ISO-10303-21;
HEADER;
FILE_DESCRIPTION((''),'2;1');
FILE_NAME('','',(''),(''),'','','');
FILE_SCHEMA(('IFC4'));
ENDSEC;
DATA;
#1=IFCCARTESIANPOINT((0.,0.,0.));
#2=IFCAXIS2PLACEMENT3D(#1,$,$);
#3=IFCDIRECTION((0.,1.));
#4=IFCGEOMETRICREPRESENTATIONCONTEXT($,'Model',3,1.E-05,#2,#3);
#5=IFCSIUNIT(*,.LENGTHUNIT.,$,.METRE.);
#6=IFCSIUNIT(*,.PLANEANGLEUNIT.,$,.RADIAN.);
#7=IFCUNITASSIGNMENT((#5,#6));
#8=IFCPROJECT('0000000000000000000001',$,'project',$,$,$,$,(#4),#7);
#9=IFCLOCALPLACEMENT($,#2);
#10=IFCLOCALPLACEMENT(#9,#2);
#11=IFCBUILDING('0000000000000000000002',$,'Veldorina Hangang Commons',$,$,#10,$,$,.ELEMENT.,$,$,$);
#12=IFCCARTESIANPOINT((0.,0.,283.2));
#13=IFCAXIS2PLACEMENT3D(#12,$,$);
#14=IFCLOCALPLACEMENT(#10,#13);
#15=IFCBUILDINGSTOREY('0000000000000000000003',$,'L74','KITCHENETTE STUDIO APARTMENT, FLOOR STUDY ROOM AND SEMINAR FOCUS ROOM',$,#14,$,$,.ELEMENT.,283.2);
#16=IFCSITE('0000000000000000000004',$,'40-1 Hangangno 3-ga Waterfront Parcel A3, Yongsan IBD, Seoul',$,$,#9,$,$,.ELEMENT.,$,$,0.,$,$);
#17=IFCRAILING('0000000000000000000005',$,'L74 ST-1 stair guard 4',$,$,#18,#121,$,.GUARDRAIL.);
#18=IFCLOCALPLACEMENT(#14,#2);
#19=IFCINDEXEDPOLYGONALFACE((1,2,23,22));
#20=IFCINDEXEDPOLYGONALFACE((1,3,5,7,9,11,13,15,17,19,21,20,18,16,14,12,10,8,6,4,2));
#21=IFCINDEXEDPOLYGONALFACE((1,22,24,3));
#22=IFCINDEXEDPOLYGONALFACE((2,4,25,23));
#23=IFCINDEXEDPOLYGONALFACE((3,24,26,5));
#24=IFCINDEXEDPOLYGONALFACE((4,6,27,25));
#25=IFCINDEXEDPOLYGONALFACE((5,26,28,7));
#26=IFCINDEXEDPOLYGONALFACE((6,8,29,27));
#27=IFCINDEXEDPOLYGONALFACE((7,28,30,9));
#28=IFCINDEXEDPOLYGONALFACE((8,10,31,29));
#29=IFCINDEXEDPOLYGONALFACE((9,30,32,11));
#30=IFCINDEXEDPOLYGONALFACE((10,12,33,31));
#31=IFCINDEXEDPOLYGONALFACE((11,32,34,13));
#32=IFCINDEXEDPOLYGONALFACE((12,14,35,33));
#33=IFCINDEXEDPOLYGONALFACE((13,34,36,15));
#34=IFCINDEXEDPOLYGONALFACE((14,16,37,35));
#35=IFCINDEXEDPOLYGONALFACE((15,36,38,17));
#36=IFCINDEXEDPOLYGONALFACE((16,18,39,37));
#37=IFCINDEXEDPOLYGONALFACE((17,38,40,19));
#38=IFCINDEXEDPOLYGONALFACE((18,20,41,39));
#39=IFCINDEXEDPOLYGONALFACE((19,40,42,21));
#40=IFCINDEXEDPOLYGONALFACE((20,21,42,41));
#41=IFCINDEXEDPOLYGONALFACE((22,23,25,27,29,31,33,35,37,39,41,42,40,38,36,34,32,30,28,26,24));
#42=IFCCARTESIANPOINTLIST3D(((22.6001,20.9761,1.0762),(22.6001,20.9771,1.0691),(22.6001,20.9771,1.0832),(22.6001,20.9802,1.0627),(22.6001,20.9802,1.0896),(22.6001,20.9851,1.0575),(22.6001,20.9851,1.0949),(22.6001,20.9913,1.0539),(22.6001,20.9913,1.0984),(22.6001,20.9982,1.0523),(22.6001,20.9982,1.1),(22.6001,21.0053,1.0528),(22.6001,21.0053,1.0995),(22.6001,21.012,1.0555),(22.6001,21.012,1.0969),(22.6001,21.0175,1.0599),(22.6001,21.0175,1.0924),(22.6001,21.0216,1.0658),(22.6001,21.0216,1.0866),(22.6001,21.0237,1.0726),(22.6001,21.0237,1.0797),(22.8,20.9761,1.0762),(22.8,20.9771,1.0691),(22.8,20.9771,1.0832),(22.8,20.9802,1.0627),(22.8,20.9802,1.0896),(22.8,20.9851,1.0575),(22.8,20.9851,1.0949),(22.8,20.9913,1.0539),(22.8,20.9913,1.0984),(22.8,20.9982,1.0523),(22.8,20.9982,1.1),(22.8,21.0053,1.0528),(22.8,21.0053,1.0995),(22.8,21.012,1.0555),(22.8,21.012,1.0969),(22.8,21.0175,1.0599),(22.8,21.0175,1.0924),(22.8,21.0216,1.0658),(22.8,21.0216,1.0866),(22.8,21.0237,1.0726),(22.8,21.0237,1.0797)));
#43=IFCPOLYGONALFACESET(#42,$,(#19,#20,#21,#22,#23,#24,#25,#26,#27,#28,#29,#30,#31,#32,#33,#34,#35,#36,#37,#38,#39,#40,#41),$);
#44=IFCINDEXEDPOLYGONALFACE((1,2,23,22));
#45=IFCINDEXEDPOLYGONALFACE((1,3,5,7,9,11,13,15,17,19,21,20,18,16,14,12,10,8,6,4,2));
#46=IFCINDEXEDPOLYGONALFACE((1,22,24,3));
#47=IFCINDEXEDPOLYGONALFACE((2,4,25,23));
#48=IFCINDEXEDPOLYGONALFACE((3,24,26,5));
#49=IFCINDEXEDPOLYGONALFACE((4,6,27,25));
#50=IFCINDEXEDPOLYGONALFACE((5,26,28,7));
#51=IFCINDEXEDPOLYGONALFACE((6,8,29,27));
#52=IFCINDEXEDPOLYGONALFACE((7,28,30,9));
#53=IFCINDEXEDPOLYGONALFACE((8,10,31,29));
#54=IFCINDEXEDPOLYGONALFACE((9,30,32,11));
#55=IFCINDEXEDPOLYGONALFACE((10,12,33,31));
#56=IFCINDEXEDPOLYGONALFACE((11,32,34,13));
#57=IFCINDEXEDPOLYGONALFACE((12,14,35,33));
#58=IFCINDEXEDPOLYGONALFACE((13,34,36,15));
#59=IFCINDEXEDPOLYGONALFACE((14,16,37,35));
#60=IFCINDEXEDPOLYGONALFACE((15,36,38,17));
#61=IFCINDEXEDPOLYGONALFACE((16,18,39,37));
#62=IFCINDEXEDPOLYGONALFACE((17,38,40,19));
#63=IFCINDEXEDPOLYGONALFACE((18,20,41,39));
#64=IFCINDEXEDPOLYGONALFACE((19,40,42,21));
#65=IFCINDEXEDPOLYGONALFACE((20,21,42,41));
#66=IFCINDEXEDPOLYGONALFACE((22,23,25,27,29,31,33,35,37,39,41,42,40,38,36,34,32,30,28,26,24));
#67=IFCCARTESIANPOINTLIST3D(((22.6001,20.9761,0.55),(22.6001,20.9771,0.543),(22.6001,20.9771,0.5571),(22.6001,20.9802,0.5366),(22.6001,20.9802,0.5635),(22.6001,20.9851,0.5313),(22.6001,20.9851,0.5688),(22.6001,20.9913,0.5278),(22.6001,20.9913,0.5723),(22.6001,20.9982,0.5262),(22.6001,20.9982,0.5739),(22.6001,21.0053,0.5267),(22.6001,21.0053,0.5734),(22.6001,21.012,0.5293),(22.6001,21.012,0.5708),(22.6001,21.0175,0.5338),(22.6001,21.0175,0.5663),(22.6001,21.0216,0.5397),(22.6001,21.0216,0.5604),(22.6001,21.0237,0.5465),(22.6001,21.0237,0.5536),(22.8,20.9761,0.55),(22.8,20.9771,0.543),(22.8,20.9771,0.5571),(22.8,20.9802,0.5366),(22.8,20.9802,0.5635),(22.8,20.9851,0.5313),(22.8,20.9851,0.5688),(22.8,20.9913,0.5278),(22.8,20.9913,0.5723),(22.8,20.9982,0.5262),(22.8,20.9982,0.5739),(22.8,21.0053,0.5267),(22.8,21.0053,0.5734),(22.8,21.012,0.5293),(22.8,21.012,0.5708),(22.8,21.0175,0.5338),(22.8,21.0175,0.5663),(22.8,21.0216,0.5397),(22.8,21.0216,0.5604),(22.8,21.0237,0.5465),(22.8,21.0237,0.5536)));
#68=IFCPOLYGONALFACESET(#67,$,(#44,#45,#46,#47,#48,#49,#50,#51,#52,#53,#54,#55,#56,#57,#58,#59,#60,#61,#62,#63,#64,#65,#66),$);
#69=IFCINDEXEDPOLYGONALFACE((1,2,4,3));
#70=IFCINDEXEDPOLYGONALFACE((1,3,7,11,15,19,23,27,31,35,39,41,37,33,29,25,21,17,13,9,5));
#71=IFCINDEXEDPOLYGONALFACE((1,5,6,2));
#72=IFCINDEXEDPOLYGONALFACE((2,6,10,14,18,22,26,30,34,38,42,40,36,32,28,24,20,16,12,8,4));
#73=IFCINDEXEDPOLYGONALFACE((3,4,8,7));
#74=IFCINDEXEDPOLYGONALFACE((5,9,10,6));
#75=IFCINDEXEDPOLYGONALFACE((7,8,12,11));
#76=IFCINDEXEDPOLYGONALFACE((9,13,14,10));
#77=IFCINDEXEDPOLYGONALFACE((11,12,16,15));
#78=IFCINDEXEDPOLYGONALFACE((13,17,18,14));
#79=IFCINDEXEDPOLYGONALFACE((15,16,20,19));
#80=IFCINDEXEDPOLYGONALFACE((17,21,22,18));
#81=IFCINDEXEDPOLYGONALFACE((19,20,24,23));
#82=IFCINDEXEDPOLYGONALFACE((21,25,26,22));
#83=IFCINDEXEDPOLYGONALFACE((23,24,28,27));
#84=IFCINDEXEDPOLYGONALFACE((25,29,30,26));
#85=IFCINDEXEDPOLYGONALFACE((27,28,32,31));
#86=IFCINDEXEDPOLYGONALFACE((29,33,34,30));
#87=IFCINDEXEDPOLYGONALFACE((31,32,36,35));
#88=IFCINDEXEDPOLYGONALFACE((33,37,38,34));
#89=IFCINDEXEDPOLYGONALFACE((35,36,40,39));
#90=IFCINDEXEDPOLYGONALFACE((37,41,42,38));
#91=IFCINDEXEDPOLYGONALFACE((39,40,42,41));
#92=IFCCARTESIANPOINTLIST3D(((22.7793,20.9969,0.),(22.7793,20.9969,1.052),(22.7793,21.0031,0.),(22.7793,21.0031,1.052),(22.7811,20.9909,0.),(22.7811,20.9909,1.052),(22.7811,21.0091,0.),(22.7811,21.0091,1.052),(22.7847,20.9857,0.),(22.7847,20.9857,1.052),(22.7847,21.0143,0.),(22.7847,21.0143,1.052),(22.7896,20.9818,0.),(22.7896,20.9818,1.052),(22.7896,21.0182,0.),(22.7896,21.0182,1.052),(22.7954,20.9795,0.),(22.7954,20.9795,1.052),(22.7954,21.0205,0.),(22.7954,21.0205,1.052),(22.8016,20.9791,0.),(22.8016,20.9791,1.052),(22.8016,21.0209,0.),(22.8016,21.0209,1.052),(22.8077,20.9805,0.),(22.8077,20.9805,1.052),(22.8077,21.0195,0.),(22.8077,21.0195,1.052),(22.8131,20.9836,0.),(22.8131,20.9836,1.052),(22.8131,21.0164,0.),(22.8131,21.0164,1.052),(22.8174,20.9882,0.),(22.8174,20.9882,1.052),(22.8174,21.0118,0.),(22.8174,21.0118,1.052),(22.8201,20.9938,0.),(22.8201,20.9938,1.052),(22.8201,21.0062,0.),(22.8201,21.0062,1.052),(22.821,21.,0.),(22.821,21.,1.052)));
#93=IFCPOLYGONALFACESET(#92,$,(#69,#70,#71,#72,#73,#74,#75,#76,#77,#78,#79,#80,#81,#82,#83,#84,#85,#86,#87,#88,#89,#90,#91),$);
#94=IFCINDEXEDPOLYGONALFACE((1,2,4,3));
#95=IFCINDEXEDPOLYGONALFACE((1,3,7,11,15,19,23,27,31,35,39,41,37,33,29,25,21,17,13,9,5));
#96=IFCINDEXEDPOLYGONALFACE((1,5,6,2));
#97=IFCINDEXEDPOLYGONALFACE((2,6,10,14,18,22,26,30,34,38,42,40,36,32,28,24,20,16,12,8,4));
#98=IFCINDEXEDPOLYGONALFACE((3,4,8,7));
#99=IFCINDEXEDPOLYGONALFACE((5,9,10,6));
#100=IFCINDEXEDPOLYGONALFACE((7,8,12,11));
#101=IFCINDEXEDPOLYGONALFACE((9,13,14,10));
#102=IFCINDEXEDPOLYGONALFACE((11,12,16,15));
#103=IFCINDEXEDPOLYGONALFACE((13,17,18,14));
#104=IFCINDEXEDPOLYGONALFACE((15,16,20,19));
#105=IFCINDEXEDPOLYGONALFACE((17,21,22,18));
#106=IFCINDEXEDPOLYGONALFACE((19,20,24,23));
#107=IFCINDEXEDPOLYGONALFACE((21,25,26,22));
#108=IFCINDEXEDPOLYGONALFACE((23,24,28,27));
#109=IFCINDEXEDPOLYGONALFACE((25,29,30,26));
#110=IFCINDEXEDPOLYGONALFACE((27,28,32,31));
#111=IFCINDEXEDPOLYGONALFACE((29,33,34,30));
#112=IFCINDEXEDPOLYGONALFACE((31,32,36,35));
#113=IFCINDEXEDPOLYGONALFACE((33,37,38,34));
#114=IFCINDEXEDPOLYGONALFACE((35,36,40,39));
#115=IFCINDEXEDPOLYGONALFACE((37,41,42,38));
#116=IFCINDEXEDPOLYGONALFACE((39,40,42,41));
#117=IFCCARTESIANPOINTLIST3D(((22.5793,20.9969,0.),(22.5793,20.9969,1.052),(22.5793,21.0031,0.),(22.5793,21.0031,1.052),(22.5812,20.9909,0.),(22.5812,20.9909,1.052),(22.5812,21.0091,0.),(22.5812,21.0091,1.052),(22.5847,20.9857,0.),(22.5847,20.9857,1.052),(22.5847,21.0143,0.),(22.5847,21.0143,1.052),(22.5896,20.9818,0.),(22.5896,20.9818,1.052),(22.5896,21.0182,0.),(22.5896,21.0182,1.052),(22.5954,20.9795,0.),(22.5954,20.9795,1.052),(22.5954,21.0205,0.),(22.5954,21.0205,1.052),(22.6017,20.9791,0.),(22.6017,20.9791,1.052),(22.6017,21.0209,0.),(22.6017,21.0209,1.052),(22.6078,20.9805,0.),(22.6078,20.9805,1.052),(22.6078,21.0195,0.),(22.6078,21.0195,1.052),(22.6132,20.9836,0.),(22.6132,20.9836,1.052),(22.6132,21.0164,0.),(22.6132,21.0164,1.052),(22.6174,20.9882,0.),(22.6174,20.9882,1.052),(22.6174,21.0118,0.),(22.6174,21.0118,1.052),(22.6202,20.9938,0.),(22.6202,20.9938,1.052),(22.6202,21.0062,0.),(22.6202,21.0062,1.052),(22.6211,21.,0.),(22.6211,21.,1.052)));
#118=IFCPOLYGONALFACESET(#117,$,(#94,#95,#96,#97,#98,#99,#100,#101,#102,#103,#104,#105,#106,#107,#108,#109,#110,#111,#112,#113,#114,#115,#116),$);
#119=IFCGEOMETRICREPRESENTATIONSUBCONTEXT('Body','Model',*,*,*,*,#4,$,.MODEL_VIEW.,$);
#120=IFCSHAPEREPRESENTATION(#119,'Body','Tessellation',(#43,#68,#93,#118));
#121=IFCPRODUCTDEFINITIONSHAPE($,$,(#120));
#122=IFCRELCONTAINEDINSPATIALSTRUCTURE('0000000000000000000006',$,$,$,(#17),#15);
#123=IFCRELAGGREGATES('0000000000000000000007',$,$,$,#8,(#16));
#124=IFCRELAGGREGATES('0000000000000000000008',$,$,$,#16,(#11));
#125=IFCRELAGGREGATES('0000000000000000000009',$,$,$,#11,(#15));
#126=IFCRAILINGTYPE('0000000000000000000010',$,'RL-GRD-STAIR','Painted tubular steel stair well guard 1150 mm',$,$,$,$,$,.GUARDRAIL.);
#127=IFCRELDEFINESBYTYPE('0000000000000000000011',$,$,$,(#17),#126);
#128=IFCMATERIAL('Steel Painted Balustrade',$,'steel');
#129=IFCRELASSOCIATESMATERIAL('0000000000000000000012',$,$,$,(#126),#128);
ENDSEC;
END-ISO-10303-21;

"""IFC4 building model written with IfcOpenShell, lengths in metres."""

from ifc_helpers import new_model, si_unit, direction, frame, origin, origin_2d, place, context, subcontext, project, spatial, circle, extrude, material, type_object, element, save


model = new_model("IFC4")

# Units and contexts
model_context = context("Model", 3, precision=1e-05, world=origin(), true_north=direction((0.0, 1.0)))
body_context = subcontext(model_context, "Body", "Model", "MODEL_VIEW")
ifc_project = project(units=[si_unit("LENGTHUNIT", "METRE"), si_unit("PLANEANGLEUNIT", "RADIAN")], contexts=[model_context])

# Site, building, storey
site_placement = place(None, origin())
site = spatial("IfcSite", under=ifc_project, at=site_placement, Name="40-1 Hangangno 3-ga Waterfront Parcel A3, Yongsan IBD, Seoul", CompositionType="ELEMENT", RefElevation=0.0)
building_placement = place(site_placement, origin())
building = spatial("IfcBuilding", under=site, at=building_placement, Name="Veldorina Hangang Commons", CompositionType="ELEMENT")
storey_placement = place(building_placement, frame((0.0, 0.0, 283.2)))
storey = spatial("IfcBuildingStorey", under=building, at=storey_placement, Name="L74", Description="KITCHENETTE STUDIO APARTMENT, FLOOR STUDY ROOM AND SEMINAR FOCUS ROOM", CompositionType="ELEMENT", Elevation=283.2)

# Railing
ifc_material_1 = material(Name="Steel Painted Balustrade", Category="steel")
railing_type_1 = type_object("IfcRailingType", Name="RL-GRD-STAIR", Description="Painted tubular steel stair well guard 1150 mm", PredefinedType="GUARDRAIL", material=ifc_material_1)
railing_1_placement = place(storey_placement, frame((22.8, 21.0, 0.0)))
element("IfcRailing", 1, at=railing_1_placement, inside=storey, type_object=railing_type_1, Name="L74 ST-1 stair guard 4", PredefinedType="GUARDRAIL", context=body_context, shape_type="SweptSolid", body=[
    extrude(circle(Radius=0.0239, at=origin_2d()), frame((0.0, 0.0, 1.0762), z_axis=(-1.0, 0.0, 0.0), x_axis=(0.0, -1.0, 0.0)), (0.0, 0.0, 1.0), 0.2),
    extrude(circle(Radius=0.0239, at=origin_2d()), frame((0.0, 0.0, 0.55), z_axis=(-1.0, 0.0, 0.0), x_axis=(0.0, -1.0, 0.0)), (0.0, 0.0, 1.0), 0.2),
    extrude(circle(Radius=0.021, at=origin_2d()), origin(), (0.0, 0.0, 1.0), 1.052),
    extrude(circle(Radius=0.021, at=origin_2d()), frame((-0.2, 0.0, 0.0)), (0.0, 0.0, 1.0), 1.052),
])

save(model, "model.ifc")
